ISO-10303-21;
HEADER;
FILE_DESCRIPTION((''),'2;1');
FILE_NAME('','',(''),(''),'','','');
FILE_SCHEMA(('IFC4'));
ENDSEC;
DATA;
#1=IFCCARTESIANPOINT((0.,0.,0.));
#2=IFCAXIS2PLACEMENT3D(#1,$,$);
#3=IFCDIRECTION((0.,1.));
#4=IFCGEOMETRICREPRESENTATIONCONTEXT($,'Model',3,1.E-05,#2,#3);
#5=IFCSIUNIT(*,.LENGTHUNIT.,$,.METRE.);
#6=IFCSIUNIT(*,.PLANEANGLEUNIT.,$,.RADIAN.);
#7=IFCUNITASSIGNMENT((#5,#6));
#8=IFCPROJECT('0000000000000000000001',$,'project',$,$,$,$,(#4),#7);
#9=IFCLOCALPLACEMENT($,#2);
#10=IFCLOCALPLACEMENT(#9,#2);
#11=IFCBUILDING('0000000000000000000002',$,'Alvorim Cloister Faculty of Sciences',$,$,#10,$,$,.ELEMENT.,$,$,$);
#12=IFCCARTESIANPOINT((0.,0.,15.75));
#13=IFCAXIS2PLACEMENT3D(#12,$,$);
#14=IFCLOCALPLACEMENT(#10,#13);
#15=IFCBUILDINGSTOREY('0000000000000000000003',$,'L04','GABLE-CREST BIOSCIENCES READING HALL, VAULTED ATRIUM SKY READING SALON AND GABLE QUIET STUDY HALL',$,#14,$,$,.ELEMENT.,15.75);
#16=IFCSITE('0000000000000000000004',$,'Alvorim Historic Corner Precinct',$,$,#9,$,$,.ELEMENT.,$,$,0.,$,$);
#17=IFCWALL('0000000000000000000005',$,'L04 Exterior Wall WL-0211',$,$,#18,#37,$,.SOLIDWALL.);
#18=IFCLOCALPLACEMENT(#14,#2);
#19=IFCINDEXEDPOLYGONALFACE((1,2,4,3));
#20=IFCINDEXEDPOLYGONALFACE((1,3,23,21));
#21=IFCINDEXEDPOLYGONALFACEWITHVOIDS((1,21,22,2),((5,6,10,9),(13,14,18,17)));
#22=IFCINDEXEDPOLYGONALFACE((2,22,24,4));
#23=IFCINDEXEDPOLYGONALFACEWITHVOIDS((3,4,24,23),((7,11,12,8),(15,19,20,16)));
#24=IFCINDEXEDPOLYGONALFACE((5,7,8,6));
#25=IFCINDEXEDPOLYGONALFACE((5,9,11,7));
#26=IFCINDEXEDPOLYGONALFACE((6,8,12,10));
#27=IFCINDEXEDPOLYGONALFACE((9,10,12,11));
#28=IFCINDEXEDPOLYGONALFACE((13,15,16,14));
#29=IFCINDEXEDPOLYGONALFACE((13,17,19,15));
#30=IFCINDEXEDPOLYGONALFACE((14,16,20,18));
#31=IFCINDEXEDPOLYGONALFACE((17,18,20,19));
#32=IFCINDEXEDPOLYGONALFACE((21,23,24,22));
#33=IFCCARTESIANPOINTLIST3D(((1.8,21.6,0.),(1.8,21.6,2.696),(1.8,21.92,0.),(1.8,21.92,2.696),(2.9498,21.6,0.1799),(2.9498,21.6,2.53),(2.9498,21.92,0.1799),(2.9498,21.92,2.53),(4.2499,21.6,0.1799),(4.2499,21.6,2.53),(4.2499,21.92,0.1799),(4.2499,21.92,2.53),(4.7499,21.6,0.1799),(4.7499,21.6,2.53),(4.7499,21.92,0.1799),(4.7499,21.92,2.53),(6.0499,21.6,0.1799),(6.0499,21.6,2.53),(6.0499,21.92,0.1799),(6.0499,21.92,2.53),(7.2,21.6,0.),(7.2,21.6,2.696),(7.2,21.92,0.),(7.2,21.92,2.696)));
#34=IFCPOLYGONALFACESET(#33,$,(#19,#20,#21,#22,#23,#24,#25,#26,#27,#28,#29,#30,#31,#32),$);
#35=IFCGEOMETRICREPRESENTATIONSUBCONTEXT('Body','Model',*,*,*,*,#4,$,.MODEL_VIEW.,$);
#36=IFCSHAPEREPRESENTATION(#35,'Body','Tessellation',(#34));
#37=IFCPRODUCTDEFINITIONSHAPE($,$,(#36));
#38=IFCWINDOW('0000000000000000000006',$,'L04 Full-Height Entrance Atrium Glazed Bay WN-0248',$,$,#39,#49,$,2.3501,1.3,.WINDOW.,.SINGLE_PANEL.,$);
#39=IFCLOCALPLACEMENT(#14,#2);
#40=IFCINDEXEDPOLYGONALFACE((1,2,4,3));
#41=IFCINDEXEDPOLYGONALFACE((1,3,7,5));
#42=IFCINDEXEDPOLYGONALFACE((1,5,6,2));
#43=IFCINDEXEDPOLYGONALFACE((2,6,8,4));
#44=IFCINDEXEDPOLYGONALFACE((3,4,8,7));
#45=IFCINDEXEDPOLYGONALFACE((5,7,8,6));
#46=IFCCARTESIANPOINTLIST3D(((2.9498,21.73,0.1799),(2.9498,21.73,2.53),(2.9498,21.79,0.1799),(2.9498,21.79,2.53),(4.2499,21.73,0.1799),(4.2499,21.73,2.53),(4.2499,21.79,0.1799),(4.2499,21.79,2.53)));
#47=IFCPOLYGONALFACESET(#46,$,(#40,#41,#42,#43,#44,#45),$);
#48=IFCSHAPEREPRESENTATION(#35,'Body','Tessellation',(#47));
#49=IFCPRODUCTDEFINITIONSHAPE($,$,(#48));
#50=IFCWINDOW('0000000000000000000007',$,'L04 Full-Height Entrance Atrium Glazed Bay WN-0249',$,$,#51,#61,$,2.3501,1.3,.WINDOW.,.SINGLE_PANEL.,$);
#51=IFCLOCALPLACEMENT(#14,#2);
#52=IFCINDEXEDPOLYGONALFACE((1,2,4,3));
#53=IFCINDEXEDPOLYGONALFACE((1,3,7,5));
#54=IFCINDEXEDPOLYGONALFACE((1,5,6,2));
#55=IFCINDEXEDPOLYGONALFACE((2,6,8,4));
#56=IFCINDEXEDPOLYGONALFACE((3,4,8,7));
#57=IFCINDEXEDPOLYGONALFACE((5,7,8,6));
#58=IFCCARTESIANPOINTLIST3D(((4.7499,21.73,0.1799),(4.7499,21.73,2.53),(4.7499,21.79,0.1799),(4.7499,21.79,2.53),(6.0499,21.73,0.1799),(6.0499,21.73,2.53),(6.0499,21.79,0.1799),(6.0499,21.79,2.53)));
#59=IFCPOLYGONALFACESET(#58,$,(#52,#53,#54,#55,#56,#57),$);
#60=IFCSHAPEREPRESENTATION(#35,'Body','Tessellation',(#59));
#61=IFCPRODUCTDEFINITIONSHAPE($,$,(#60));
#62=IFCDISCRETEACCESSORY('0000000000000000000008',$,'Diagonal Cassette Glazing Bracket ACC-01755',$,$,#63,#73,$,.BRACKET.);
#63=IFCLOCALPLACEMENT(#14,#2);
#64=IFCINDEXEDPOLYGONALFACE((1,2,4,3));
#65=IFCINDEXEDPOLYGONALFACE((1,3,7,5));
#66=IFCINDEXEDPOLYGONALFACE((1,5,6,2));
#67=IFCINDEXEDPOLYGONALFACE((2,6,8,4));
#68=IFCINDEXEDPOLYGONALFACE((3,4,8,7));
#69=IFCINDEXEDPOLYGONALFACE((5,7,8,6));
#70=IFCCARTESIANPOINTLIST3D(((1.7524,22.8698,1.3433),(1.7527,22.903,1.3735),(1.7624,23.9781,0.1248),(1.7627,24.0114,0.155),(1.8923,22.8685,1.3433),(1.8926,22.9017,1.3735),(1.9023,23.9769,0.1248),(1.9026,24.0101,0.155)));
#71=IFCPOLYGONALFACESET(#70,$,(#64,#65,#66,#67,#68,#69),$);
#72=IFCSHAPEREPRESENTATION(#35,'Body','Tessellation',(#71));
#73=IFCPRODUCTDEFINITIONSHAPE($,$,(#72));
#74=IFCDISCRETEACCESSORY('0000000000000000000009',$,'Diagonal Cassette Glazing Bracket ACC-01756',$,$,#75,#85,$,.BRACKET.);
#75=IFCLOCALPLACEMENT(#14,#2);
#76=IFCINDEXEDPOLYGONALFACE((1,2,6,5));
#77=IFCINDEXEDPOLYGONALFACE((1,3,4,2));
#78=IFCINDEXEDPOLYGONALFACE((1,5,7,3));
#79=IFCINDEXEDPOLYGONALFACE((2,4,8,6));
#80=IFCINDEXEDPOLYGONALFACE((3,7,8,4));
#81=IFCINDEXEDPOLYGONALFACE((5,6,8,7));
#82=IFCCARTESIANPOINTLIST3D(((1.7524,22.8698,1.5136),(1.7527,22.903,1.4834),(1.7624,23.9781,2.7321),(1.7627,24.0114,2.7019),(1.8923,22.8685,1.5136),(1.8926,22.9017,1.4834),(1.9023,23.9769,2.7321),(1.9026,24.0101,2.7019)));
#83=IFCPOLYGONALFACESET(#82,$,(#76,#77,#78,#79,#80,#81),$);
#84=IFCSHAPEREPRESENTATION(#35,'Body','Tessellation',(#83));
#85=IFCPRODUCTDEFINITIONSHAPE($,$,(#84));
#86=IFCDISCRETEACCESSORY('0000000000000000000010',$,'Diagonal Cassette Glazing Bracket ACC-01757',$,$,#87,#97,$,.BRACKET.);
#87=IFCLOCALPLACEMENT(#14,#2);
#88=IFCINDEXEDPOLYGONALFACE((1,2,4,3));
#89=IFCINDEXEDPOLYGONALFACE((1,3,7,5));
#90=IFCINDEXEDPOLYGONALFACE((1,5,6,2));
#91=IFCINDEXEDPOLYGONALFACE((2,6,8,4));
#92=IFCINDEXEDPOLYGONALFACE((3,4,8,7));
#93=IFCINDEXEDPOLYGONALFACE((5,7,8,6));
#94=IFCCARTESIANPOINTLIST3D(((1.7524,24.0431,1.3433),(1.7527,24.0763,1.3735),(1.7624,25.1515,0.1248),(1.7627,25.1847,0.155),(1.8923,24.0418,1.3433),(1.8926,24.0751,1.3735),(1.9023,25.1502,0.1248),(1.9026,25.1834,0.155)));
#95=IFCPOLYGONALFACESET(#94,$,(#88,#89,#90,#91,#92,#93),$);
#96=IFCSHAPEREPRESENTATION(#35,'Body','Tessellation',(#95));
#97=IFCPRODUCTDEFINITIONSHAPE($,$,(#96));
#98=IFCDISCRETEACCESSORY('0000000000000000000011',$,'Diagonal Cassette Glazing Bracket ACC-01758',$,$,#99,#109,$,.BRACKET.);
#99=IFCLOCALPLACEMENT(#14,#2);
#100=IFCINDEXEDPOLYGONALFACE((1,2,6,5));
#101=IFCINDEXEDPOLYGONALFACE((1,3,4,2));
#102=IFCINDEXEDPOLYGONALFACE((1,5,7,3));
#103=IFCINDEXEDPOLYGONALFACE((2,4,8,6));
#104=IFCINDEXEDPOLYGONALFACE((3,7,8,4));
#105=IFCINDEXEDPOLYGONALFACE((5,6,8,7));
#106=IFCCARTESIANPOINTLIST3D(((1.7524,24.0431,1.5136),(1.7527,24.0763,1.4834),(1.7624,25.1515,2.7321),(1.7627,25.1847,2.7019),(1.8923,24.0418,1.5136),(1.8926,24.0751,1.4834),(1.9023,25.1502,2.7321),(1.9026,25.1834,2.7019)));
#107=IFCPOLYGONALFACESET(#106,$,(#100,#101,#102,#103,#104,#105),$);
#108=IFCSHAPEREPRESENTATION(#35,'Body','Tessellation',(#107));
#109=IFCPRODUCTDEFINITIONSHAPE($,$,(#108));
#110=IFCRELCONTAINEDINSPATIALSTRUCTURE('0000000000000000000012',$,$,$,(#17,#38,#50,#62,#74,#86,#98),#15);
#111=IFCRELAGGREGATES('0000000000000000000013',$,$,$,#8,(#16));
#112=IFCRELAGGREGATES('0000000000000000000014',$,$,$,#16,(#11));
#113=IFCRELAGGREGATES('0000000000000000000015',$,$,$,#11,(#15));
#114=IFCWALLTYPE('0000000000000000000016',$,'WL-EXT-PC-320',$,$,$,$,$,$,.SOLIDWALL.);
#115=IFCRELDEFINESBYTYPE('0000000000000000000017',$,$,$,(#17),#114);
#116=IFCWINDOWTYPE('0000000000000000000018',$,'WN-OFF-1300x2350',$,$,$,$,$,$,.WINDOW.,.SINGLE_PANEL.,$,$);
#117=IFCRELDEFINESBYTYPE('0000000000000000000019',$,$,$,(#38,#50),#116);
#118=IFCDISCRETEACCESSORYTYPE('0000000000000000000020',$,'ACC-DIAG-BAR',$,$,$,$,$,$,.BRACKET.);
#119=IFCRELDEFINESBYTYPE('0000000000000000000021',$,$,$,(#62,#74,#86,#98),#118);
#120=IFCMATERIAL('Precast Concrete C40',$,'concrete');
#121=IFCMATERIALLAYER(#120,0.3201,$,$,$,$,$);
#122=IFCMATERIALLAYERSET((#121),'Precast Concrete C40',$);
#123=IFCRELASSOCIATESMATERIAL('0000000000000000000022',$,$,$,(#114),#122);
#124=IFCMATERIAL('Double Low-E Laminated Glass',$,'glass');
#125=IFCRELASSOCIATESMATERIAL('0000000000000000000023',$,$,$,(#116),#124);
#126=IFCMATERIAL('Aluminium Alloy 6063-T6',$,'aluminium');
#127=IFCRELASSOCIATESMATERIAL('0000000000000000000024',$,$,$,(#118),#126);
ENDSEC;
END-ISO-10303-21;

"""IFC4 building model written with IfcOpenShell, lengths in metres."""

from ifc_helpers import new_model, si_unit, direction, frame, frame_2d, origin, origin_2d, place, context, subcontext, project, spatial, rectangle, extrude, material, layer, layer_set, type_object, element, fill, save


model = new_model("IFC4")

# Units and contexts
model_context = context("Model", 3, precision=1e-05, world=origin(), true_north=direction((0.0, 1.0)))
body_context = subcontext(model_context, "Body", "Model", "MODEL_VIEW")
ifc_project = project(units=[si_unit("LENGTHUNIT", "METRE"), si_unit("PLANEANGLEUNIT", "RADIAN")], contexts=[model_context])

# Site, building, storey
site_placement = place(None, origin())
site = spatial("IfcSite", under=ifc_project, at=site_placement, Name="Alvorim Historic Corner Precinct", CompositionType="ELEMENT", RefElevation=0.0)
building_placement = place(site_placement, origin())
building = spatial("IfcBuilding", under=site, at=building_placement, Name="Alvorim Cloister Faculty of Sciences", CompositionType="ELEMENT")
storey_placement = place(building_placement, frame((0.0, 0.0, 15.75)))
storey = spatial("IfcBuildingStorey", under=building, at=storey_placement, Name="L04", Description="GABLE-CREST BIOSCIENCES READING HALL, VAULTED ATRIUM SKY READING SALON AND GABLE QUIET STUDY HALL", CompositionType="ELEMENT", Elevation=15.75)

# Shared definitions
ifc_material_1 = material(Name="Aluminium Alloy 6063-T6", Category="aluminium")
ifc_material_2 = material(Name="Double Low-E Laminated Glass", Category="glass")

# Wall, openings, windows
ifc_material_3 = material(Name="Precast Concrete C40", Category="concrete")
ifc_layer_1 = layer(ifc_material_3, 0.3201)
ifc_layer_set_1 = layer_set([ifc_layer_1], Name="Precast Concrete C40")
wall_type = type_object("IfcWallType", Name="WL-EXT-PC-320", PredefinedType="SOLIDWALL", material=ifc_layer_set_1)
wall_placement = place(storey_placement, frame((1.8, 21.76, 0.0), z_axis=(0.0, 0.0, 1.0), x_axis=(1.0, 0.0, 0.0)))
wall = element("IfcWall", 1, at=wall_placement, inside=storey, type_object=wall_type, Name="L04 Exterior Wall WL-0211", PredefinedType="SOLIDWALL", context=body_context, shape_type="SweptSolid", body=[
    extrude(rectangle(XDim=5.3999, YDim=0.3201, at=frame_2d((2.7, 0.0))), origin(), (0.0, 0.0, 1.0), 2.696),
])
opening_1_placement = place(wall_placement, frame((1.1499, 0.0, 0.1799)))
opening_1 = element("IfcOpeningElement", 2, at=opening_1_placement, cuts=wall, PredefinedType="OPENING", context=body_context, shape_type="SweptSolid", body=[
    extrude(rectangle(XDim=1.3, YDim=2.3501, at=frame_2d((0.6499, 1.175))), frame((0.0, 0.1719, 0.0), z_axis=(0.0, -1.0, 0.0), x_axis=(1.0, 0.0, 0.0)), (0.0, 0.0, 1.0), 0.344),
])
opening_2_placement = place(wall_placement, frame((2.95, 0.0, 0.1799)))
opening_2 = element("IfcOpeningElement", 3, at=opening_2_placement, cuts=wall, PredefinedType="OPENING", context=body_context, shape_type="SweptSolid", body=[
    extrude(rectangle(XDim=1.3, YDim=2.3501, at=frame_2d((0.6499, 1.175))), frame((0.0, 0.1719, 0.0), z_axis=(0.0, -1.0, 0.0), x_axis=(1.0, 0.0, 0.0)), (0.0, 0.0, 1.0), 0.344),
])
window_type = type_object("IfcWindowType", Name="WN-OFF-1300x2350", PartitioningType="SINGLE_PANEL", PredefinedType="WINDOW", material=ifc_material_2)
window_1_placement = place(opening_1_placement, origin())
window_1 = element("IfcWindow", 4, at=window_1_placement, inside=storey, type_object=window_type, Name="L04 Full-Height Entrance Atrium Glazed Bay WN-0248", OverallHeight=2.3501, OverallWidth=1.3, PartitioningType="SINGLE_PANEL", PredefinedType="WINDOW", context=body_context, shape_type="SweptSolid", body=[
    extrude(rectangle(XDim=1.3, YDim=2.3501, at=frame_2d((0.6499, 1.175))), frame((0.0, 0.03, 0.0), z_axis=(0.0, -1.0, 0.0), x_axis=(1.0, 0.0, 0.0)), (0.0, 0.0, 1.0), 0.0601),
])
fill(opening_1, window_1)
window_2_placement = place(opening_2_placement, origin())
window_2 = element("IfcWindow", 5, at=window_2_placement, inside=storey, type_object=window_type, Name="L04 Full-Height Entrance Atrium Glazed Bay WN-0249", OverallHeight=2.3501, OverallWidth=1.3, PartitioningType="SINGLE_PANEL", PredefinedType="WINDOW", context=body_context, shape_type="SweptSolid", body=[
    extrude(rectangle(XDim=1.3, YDim=2.3501, at=frame_2d((0.6499, 1.175))), frame((0.0, 0.03, 0.0), z_axis=(0.0, -1.0, 0.0), x_axis=(1.0, 0.0, 0.0)), (0.0, 0.0, 1.0), 0.0601),
])
fill(opening_2, window_2)

# Discrete accessories
discrete_accessory_type = type_object("IfcDiscreteAccessoryType", Name="ACC-DIAG-BAR", PredefinedType="BRACKET", material=ifc_material_1)
for number, where, z_axis, x_axis, name in (
    (6, (1.8225, 22.8857, 1.3584), (0.006077, 0.672882, -0.739725), (-0.999959, 0.00903, 0.0), "Diagonal Cassette Glazing Bracket ACC-01755"),
    (7, (1.8225, 22.8857, 1.4985), (0.006077, 0.672882, 0.739725), (-0.999959, 0.00903, 0.0), "Diagonal Cassette Glazing Bracket ACC-01756"),
    (8, (1.8225, 24.0591, 1.3584), (0.006077, 0.672882, -0.739725), (-0.999959, 0.00903, 0.0), "Diagonal Cassette Glazing Bracket ACC-01757"),
    (9, (1.8225, 24.0591, 1.4985), (0.006077, 0.672882, 0.739725), (-0.999959, 0.00903, 0.0), "Diagonal Cassette Glazing Bracket ACC-01758"),
):
    element("IfcDiscreteAccessory", number, at=place(storey_placement, frame(where, z_axis=z_axis, x_axis=x_axis)), inside=storey, type_object=discrete_accessory_type, Name=name, PredefinedType="BRACKET", context=body_context, shape_type="SweptSolid", body=[
        extrude(rectangle(XDim=0.1399, YDim=0.0449, at=origin_2d()), origin(), (0.0, 0.0, 1.0), 1.6472),
    ])

save(model, "model.ifc")
